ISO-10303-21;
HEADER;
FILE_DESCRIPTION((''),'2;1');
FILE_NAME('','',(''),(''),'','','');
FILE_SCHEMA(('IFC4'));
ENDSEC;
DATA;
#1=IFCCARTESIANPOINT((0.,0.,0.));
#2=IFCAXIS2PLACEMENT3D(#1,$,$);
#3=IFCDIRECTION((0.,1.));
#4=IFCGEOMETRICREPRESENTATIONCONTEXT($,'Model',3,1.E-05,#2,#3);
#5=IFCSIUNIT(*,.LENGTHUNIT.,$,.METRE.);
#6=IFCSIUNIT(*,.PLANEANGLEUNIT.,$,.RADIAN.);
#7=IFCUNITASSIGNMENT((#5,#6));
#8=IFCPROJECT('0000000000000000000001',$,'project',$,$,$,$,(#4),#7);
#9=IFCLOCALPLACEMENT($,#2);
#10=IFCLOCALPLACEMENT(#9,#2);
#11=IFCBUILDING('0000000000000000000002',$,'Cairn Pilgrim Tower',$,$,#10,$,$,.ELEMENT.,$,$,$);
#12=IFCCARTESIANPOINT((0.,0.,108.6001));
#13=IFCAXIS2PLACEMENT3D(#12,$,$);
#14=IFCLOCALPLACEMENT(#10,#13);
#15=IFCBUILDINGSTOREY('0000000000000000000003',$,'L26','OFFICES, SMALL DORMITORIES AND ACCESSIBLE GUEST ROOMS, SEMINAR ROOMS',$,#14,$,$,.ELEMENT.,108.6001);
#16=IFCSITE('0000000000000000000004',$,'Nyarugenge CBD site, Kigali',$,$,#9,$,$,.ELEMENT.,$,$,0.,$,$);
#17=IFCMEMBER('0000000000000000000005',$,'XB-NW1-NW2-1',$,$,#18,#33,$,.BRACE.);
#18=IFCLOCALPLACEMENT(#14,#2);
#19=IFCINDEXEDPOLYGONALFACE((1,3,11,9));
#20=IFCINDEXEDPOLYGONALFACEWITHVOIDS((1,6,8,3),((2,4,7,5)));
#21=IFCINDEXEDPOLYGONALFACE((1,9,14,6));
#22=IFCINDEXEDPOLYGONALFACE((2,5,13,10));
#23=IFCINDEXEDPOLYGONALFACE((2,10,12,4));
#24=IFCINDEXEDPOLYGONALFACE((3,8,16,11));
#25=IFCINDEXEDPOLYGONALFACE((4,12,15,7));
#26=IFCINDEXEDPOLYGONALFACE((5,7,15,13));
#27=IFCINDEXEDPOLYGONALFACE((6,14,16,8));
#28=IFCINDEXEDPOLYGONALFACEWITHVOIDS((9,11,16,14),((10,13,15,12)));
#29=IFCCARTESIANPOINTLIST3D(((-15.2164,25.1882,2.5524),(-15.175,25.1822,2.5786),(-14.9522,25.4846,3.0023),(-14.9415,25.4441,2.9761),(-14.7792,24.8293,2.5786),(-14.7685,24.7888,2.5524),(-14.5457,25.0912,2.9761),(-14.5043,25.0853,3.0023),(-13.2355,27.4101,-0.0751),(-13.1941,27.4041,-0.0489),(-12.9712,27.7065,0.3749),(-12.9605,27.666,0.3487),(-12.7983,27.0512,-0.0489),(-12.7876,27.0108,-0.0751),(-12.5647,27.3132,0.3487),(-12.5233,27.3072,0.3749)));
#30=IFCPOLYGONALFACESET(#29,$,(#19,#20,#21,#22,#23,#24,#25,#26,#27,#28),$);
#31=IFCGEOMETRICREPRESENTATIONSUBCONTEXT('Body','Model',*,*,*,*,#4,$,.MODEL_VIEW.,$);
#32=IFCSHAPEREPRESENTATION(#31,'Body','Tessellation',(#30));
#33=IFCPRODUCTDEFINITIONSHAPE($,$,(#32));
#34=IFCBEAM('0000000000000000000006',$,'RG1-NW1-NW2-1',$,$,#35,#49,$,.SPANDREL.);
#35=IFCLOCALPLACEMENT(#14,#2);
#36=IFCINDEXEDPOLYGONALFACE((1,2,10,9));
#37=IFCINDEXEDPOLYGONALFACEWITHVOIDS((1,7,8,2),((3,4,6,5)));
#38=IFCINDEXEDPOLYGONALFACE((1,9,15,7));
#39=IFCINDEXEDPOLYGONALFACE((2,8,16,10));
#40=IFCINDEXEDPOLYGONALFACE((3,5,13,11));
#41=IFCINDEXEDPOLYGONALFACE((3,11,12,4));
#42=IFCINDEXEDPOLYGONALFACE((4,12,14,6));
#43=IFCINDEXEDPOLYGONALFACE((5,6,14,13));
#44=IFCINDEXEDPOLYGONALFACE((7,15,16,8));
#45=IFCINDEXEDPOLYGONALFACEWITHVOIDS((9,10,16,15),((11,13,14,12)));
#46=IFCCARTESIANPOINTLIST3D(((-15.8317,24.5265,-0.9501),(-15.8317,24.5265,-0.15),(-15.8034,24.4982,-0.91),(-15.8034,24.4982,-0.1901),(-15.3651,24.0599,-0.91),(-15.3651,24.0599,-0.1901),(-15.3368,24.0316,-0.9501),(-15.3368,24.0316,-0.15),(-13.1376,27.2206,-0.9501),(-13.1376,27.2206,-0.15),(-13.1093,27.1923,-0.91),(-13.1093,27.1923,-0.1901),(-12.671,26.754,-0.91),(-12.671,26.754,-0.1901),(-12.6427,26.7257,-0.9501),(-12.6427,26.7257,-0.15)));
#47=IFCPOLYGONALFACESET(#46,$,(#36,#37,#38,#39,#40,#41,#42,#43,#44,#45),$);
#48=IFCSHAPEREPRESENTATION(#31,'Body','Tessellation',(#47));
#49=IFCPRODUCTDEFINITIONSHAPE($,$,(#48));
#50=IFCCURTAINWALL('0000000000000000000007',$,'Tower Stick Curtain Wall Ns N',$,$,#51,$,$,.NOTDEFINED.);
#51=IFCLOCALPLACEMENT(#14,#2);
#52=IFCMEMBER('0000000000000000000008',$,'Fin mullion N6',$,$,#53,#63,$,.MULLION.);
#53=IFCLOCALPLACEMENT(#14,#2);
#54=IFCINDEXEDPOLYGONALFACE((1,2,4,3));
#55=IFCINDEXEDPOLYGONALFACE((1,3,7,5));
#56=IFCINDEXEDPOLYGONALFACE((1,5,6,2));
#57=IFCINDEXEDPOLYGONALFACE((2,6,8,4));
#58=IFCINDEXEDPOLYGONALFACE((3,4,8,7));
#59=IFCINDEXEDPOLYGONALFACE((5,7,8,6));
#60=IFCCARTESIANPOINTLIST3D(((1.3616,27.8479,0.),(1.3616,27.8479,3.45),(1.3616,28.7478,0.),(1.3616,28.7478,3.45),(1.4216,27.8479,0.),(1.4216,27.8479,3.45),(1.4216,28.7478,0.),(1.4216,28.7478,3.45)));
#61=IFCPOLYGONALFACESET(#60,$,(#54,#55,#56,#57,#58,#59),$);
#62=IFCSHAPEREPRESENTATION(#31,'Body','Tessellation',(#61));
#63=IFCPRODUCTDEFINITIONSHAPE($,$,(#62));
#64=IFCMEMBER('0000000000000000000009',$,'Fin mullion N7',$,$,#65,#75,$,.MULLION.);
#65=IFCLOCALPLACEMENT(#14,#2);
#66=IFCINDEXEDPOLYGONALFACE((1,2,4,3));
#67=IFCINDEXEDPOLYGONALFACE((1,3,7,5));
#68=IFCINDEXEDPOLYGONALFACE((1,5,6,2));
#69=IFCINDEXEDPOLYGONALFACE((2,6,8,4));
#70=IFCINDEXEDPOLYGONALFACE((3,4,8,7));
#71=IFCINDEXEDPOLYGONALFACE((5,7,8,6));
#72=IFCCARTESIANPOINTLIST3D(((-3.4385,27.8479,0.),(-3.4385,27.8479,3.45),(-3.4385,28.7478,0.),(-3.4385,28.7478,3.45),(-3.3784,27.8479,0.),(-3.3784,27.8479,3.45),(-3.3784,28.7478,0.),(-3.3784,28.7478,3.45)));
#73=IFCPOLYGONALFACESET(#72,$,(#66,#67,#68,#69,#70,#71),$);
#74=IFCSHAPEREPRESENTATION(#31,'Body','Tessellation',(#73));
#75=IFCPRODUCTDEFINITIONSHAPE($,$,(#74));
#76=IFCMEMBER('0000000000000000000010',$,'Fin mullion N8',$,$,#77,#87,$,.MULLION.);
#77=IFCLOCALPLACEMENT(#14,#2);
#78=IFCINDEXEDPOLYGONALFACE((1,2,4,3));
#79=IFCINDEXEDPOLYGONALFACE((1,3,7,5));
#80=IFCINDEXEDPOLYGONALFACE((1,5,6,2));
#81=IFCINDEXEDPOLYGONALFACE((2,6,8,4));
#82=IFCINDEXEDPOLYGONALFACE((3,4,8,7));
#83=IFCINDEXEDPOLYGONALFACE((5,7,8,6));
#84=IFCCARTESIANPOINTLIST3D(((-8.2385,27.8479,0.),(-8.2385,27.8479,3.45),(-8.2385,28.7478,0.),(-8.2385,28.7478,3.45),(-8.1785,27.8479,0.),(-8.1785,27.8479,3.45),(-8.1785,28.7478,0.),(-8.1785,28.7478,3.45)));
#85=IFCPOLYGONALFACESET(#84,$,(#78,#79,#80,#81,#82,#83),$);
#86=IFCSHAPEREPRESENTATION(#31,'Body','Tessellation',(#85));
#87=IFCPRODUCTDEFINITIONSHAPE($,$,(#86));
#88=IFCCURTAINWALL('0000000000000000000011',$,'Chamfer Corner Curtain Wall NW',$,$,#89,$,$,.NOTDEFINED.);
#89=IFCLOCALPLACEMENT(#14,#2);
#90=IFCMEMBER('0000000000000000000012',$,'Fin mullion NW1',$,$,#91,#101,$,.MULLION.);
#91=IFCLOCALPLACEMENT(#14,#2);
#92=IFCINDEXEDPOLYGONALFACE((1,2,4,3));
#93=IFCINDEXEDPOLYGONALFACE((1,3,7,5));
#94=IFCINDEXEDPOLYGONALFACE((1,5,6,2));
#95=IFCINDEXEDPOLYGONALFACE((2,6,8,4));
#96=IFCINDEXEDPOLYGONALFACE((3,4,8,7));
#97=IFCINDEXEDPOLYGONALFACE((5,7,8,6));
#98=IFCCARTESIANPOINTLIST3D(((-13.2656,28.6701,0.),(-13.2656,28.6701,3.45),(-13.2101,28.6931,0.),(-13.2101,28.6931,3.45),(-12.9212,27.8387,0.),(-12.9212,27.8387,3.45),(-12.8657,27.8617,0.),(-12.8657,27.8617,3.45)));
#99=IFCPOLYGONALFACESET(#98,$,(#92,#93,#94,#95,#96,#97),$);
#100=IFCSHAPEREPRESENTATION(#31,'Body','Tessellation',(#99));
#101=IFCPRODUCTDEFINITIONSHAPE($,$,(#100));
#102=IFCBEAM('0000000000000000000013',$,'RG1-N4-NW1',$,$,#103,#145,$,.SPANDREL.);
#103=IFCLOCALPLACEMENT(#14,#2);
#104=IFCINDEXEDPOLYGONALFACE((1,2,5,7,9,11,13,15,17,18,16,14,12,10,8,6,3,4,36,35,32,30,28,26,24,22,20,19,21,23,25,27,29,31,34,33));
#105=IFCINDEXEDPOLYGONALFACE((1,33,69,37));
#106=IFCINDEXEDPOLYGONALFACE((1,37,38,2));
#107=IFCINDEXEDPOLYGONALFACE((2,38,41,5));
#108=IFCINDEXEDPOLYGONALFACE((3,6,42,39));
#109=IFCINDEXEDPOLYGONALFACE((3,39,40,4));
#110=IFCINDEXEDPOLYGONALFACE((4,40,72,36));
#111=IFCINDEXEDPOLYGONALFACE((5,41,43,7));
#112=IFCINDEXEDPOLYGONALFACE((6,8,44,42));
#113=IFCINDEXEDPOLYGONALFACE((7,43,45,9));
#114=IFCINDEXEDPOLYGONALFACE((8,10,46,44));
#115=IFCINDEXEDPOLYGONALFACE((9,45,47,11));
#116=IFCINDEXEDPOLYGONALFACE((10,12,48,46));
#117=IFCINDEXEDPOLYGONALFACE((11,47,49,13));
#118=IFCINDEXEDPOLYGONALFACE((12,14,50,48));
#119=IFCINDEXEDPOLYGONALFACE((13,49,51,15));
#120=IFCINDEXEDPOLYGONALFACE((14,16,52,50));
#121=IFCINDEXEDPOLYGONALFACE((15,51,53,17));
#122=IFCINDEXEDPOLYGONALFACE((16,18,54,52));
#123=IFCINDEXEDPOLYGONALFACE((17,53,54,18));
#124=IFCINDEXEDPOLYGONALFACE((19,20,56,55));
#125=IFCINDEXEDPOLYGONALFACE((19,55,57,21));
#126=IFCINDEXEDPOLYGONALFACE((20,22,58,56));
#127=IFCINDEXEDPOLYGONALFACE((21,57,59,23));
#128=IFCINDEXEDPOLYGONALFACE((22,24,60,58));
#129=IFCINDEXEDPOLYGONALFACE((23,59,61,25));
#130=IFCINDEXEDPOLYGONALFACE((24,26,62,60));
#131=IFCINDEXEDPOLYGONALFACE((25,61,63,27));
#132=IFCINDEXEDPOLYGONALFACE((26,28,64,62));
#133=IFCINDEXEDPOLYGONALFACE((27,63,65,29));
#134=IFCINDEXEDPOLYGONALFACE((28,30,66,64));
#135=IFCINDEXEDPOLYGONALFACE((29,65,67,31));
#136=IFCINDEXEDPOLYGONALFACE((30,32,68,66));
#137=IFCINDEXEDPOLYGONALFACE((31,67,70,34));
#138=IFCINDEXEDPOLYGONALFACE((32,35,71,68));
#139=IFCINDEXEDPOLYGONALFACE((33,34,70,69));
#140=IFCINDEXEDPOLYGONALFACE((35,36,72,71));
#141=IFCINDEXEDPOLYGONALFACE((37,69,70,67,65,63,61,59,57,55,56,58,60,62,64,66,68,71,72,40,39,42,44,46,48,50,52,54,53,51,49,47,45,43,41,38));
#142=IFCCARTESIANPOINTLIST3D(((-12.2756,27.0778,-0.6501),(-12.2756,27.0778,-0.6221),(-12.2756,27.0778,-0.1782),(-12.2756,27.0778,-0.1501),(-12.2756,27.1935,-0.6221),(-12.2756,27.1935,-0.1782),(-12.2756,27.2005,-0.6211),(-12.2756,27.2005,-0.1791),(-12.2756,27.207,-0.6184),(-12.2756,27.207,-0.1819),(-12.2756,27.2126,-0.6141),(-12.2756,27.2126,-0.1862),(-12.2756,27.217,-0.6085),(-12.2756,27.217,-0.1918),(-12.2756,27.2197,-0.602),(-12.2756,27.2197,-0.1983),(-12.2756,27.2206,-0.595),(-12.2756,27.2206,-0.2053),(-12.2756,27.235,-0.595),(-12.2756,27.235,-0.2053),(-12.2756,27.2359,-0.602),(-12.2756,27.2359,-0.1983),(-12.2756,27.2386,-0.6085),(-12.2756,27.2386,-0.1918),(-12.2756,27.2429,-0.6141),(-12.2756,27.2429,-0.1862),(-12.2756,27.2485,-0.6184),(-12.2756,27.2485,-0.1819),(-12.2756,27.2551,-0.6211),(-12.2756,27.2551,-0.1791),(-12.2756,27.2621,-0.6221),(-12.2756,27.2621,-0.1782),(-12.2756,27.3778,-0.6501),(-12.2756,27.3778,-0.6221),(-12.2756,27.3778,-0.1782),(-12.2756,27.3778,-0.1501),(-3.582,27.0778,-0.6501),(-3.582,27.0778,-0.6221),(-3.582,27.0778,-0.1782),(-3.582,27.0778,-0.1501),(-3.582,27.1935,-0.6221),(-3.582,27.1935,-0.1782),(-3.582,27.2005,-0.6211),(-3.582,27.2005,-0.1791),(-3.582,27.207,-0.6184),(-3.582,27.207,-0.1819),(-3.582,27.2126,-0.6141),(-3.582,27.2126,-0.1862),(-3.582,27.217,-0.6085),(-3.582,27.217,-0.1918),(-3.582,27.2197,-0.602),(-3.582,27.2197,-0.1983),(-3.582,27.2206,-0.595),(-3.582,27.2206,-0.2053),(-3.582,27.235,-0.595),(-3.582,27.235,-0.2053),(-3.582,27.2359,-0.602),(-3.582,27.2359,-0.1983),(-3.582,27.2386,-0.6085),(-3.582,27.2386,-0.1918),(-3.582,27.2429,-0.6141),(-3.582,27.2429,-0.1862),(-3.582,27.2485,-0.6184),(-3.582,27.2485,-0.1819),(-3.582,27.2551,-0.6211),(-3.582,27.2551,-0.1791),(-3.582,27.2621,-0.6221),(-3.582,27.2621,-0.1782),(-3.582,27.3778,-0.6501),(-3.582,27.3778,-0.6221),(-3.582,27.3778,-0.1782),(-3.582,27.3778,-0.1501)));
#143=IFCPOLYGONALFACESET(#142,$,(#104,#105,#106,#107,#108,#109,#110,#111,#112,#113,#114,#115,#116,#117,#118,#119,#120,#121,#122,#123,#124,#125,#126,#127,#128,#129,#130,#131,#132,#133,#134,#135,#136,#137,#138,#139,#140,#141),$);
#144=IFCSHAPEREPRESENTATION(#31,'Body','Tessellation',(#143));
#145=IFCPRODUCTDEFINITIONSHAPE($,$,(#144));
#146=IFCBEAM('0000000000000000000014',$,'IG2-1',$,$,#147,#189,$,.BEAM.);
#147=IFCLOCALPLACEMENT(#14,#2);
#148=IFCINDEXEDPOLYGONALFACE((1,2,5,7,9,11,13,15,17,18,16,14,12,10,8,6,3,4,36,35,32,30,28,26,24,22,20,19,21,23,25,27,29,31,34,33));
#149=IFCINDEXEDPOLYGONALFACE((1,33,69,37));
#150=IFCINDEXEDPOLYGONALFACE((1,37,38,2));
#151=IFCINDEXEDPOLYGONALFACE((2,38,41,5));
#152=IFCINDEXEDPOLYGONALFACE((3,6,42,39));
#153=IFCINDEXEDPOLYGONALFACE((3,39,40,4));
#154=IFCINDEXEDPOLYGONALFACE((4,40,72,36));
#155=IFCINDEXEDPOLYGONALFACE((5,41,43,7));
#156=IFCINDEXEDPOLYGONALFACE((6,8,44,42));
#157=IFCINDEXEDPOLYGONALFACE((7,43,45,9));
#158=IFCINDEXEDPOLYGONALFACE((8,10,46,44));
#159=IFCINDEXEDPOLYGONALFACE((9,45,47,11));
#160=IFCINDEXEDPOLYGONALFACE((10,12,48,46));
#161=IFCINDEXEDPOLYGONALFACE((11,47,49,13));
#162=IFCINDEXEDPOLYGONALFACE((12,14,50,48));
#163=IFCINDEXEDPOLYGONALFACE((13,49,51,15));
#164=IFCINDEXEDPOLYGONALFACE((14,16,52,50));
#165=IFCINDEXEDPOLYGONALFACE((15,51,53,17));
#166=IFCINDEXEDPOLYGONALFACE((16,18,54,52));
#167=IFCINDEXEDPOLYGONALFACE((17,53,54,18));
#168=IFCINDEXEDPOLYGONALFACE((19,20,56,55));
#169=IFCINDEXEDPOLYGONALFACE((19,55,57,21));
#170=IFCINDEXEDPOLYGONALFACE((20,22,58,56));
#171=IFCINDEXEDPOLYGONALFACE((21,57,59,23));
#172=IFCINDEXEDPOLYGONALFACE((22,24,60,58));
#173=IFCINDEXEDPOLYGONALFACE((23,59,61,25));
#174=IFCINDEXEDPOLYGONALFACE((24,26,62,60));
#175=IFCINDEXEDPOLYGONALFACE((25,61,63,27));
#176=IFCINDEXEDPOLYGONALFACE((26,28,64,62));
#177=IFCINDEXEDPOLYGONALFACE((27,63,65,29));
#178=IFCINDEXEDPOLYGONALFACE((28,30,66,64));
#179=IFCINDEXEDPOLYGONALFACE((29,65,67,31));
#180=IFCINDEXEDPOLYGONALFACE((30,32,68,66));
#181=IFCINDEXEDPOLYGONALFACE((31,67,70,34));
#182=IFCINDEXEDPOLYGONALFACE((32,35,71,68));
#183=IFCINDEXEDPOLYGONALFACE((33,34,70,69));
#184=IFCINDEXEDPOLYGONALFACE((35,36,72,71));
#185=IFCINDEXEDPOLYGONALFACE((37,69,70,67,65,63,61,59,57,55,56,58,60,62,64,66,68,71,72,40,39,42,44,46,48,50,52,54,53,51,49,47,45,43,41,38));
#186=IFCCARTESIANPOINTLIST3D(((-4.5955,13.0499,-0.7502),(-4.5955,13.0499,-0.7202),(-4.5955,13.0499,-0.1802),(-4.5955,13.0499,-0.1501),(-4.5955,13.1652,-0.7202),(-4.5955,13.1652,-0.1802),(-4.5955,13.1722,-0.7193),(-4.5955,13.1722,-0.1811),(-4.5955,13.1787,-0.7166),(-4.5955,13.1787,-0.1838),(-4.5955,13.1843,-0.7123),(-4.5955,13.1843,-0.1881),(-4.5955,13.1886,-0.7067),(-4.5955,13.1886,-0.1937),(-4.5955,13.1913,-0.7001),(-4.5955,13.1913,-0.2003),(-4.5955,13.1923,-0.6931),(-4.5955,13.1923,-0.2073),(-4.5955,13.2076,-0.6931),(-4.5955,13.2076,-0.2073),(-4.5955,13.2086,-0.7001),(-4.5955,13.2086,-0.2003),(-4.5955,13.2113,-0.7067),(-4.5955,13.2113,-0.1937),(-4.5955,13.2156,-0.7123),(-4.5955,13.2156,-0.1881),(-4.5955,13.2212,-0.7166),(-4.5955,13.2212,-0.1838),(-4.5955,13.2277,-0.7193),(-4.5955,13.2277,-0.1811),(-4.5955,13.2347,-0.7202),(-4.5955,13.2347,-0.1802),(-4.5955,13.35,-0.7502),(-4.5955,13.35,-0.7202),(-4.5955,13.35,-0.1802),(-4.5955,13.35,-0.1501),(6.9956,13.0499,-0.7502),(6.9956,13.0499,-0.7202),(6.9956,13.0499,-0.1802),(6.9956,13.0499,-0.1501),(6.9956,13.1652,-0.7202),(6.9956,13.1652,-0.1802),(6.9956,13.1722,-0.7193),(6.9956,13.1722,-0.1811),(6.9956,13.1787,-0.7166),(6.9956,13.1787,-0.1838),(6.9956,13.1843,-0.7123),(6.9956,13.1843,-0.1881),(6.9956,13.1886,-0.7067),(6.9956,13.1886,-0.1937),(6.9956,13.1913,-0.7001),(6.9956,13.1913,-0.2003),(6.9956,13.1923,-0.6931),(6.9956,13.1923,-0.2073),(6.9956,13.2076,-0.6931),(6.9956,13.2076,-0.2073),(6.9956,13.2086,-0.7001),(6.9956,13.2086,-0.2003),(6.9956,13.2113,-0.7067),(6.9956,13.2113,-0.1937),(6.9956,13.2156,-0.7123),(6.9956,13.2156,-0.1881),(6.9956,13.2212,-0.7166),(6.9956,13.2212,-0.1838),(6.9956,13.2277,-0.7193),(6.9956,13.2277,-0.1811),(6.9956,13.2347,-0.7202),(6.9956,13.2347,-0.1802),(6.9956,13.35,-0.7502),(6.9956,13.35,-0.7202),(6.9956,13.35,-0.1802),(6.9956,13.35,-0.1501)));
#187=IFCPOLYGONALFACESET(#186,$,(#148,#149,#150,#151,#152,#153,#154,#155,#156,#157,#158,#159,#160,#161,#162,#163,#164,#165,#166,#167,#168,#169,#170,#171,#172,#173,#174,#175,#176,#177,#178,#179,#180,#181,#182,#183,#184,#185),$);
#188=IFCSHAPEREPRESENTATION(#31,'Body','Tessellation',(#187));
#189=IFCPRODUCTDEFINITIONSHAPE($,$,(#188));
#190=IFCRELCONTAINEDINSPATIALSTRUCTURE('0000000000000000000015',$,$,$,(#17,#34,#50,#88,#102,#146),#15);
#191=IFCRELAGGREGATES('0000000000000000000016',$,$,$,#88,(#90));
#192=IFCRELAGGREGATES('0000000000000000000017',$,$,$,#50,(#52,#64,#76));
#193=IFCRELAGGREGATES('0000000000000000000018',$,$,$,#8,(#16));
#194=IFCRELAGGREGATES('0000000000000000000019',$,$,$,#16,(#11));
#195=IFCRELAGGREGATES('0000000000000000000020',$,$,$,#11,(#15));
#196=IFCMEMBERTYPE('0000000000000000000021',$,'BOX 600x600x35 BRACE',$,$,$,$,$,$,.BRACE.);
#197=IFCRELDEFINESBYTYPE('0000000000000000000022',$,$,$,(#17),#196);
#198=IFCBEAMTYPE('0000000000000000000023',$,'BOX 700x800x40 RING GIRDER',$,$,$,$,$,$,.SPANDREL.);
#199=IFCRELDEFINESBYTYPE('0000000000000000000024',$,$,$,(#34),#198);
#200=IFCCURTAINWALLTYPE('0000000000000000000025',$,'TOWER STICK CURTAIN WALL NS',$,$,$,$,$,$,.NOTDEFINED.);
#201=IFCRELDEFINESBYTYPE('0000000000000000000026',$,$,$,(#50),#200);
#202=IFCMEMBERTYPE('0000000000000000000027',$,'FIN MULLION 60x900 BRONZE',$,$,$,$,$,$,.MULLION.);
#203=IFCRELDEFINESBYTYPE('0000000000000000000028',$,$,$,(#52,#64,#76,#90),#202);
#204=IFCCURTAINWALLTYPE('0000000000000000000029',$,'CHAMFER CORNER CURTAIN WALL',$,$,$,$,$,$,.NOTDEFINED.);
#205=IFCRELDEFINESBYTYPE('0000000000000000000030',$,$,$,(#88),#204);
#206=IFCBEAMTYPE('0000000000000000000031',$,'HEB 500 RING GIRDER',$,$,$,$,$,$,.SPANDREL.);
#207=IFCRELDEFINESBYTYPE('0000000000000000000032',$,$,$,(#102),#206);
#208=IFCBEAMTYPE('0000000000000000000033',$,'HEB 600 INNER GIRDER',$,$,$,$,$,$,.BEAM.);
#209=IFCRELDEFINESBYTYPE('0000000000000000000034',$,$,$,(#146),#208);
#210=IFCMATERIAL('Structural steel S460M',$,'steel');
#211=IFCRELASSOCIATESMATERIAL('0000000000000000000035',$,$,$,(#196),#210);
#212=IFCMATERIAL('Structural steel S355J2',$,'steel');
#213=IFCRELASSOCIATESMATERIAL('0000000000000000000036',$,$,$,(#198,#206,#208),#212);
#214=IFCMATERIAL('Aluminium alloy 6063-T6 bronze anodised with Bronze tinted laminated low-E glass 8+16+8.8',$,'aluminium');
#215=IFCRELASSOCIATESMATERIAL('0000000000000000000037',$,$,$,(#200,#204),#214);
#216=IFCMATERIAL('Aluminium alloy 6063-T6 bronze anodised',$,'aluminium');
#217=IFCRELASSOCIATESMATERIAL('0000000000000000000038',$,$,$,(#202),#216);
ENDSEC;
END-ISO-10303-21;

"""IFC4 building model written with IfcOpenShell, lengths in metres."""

from ifc_helpers import new_model, si_unit, direction, frame, origin, origin_2d, place, context, subcontext, project, spatial, rectangle, hollow_rectangle, i_section, extrude, material, material_profile, profile_set, type_object, element, aggregate, save


model = new_model("IFC4")

# Units and contexts
model_context = context("Model", 3, precision=1e-05, world=origin(), true_north=direction((0.0, 1.0)))
body_context = subcontext(model_context, "Body", "Model", "MODEL_VIEW")
ifc_project = project(units=[si_unit("LENGTHUNIT", "METRE"), si_unit("PLANEANGLEUNIT", "RADIAN")], contexts=[model_context])

# Site, building, storey
site_placement = place(None, origin())
site = spatial("IfcSite", under=ifc_project, at=site_placement, Name="Nyarugenge CBD site, Kigali", CompositionType="ELEMENT", RefElevation=0.0)
building_placement = place(site_placement, origin())
building = spatial("IfcBuilding", under=site, at=building_placement, Name="Cairn Pilgrim Tower", CompositionType="ELEMENT")
storey_placement = place(building_placement, frame((0.0, 0.0, 108.6001)))
storey = spatial("IfcBuildingStorey", under=building, at=storey_placement, Name="L26", Description="OFFICES, SMALL DORMITORIES AND ACCESSIBLE GUEST ROOMS, SEMINAR ROOMS", CompositionType="ELEMENT", Elevation=108.6001)

# Shared definitions
ifc_material_1 = material(Name="Structural steel S460M", Category="steel")

# Member
ifc_material_profile_1 = material_profile(ifc_material_1, hollow_rectangle(XDim=0.6001, YDim=0.6001, WallThickness=0.0349, at=origin_2d()), Name="BOX 600x600x35")
ifc_profile_set_1 = profile_set([ifc_material_profile_1], Name="Structural steel S460M")
member_type_1 = type_object("IfcMemberType", Name="BOX 600x600x35 BRACE", PredefinedType="BRACE", material=ifc_profile_set_1)
member_1_placement = place(storey_placement, frame((-12.8794, 27.3586, 0.1499), z_axis=(-0.498923, -0.559613, 0.661747), x_axis=(0.746422, -0.665473, 0.0)))
element("IfcMember", 1, at=member_1_placement, inside=storey, type_object=member_type_1, Name="XB-NW1-NW2-1", PredefinedType="BRACE", context=body_context, shape_type="SweptSolid", body=[
    extrude(hollow_rectangle(XDim=0.6001, YDim=0.6001, WallThickness=0.0349, at=origin_2d()), origin(), (0.0, 0.0, 1.0), 3.9705),
])

# Beam
ifc_material_2 = material(Name="Structural steel S355J2", Category="steel")
ifc_material_profile_2 = material_profile(ifc_material_2, hollow_rectangle(XDim=0.7, YDim=0.8, WallThickness=0.04, at=origin_2d()), Name="BOX 700x800x40")
ifc_profile_set_2 = profile_set([ifc_material_profile_2], Name="Structural steel S355J2")
beam_type_1 = type_object("IfcBeamType", Name="BOX 700x800x40 RING GIRDER", PredefinedType="SPANDREL", material=ifc_profile_set_2)
beam_1_placement = place(storey_placement, frame((-12.8901, 26.9731, -0.55), z_axis=(-0.707107, -0.707107, 0.0), x_axis=(0.707107, -0.707107, 0.0)))
element("IfcBeam", 2, at=beam_1_placement, inside=storey, type_object=beam_type_1, Name="RG1-NW1-NW2-1", PredefinedType="SPANDREL", context=body_context, shape_type="SweptSolid", body=[
    extrude(hollow_rectangle(XDim=0.7, YDim=0.8, WallThickness=0.04, at=origin_2d()), origin(), (0.0, 0.0, 1.0), 3.8101),
])

# Curtain wall, members
ifc_material_3 = material(Name="Aluminium alloy 6063-T6 bronze anodised with Bronze tinted laminated low-E glass 8+16+8.8", Category="aluminium")
curtain_wall_type_1 = type_object("IfcCurtainWallType", Name="TOWER STICK CURTAIN WALL NS", PredefinedType="NOTDEFINED", material=ifc_material_3)
curtain_wall_1_placement = place(storey_placement, origin())
curtain_wall_1 = element("IfcCurtainWall", 3, at=curtain_wall_1_placement, inside=storey, type_object=curtain_wall_type_1, Name="Tower Stick Curtain Wall Ns N", PredefinedType="NOTDEFINED")
ifc_material_4 = material(Name="Aluminium alloy 6063-T6 bronze anodised", Category="aluminium")
ifc_material_profile_3 = material_profile(ifc_material_4, rectangle(XDim=0.8999, YDim=0.0601, at=origin_2d()), Name="FIN MULLION 60x900 BRONZE")
ifc_profile_set_3 = profile_set([ifc_material_profile_3], Name="Aluminium alloy 6063-T6 bronze anodised")
member_type_2 = type_object("IfcMemberType", Name="FIN MULLION 60x900 BRONZE", PredefinedType="MULLION", material=ifc_profile_set_3)
member_2_placement = place(storey_placement, frame((1.3916, 28.2979, 0.0), z_axis=(0.0, 0.0, 1.0), x_axis=(0.0, 1.0, 0.0)))
member_2 = element("IfcMember", 4, at=member_2_placement, type_object=member_type_2, Name="Fin mullion N6", PredefinedType="MULLION", context=body_context, shape_type="SweptSolid", body=[
    extrude(rectangle(XDim=0.8999, YDim=0.0601, at=origin_2d()), origin(), (0.0, 0.0, 1.0), 3.45),
])
member_3_placement = place(storey_placement, frame((-3.4084, 28.2979, 0.0), z_axis=(0.0, 0.0, 1.0), x_axis=(0.0, 1.0, 0.0)))
member_3 = element("IfcMember", 5, at=member_3_placement, type_object=member_type_2, Name="Fin mullion N7", PredefinedType="MULLION", context=body_context, shape_type="SweptSolid", body=[
    extrude(rectangle(XDim=0.8999, YDim=0.0601, at=origin_2d()), origin(), (0.0, 0.0, 1.0), 3.45),
])
member_4_placement = place(storey_placement, frame((-8.2085, 28.2979, 0.0), z_axis=(0.0, 0.0, 1.0), x_axis=(0.0, 1.0, 0.0)))
member_4 = element("IfcMember", 6, at=member_4_placement, type_object=member_type_2, Name="Fin mullion N8", PredefinedType="MULLION", context=body_context, shape_type="SweptSolid", body=[
    extrude(rectangle(XDim=0.8999, YDim=0.0601, at=origin_2d()), origin(), (0.0, 0.0, 1.0), 3.45),
])

# Curtain wall, member
curtain_wall_type_2 = type_object("IfcCurtainWallType", Name="CHAMFER CORNER CURTAIN WALL", PredefinedType="NOTDEFINED", material=ifc_material_3)
curtain_wall_2_placement = place(storey_placement, origin())
curtain_wall_2 = element("IfcCurtainWall", 7, at=curtain_wall_2_placement, inside=storey, type_object=curtain_wall_type_2, Name="Chamfer Corner Curtain Wall NW", PredefinedType="NOTDEFINED")
member_5_placement = place(storey_placement, frame((-13.0657, 28.2659, 0.0), z_axis=(0.0, 0.0, 1.0), x_axis=(-0.382683, 0.92388, 0.0)))
member_5 = element("IfcMember", 8, at=member_5_placement, type_object=member_type_2, Name="Fin mullion NW1", PredefinedType="MULLION", context=body_context, shape_type="SweptSolid", body=[
    extrude(rectangle(XDim=0.8999, YDim=0.0601, at=origin_2d()), origin(), (0.0, 0.0, 1.0), 3.45),
])

# Beams
ifc_material_profile_4 = material_profile(ifc_material_2, i_section(OverallWidth=0.3, OverallDepth=0.5, WebThickness=0.0144, FlangeThickness=0.0281, FilletRadius=0.0271, at=origin_2d()), Name="HEB 500")
ifc_profile_set_4 = profile_set([ifc_material_profile_4], Name="Structural steel S355J2")
beam_type_2 = type_object("IfcBeamType", Name="HEB 500 RING GIRDER", PredefinedType="SPANDREL", material=ifc_profile_set_4)
beam_2_placement = place(storey_placement, frame((-3.582, 27.2278, -0.4001), z_axis=(-1.0, 0.0, 0.0), x_axis=(0.0, -1.0, 0.0)))
element("IfcBeam", 9, at=beam_2_placement, inside=storey, type_object=beam_type_2, Name="RG1-N4-NW1", PredefinedType="SPANDREL", context=body_context, shape_type="SweptSolid", body=[
    extrude(i_section(OverallWidth=0.3, OverallDepth=0.5, WebThickness=0.0144, FlangeThickness=0.0281, FilletRadius=0.0271, at=origin_2d()), origin(), (0.0, 0.0, 1.0), 8.6936),
])
ifc_material_profile_5 = material_profile(ifc_material_2, i_section(OverallWidth=0.3, OverallDepth=0.6001, WebThickness=0.0154, FlangeThickness=0.03, FilletRadius=0.0271, at=origin_2d()), Name="HEB 600")
ifc_profile_set_5 = profile_set([ifc_material_profile_5], Name="Structural steel S355J2")
beam_type_3 = type_object("IfcBeamType", Name="HEB 600 INNER GIRDER", PredefinedType="BEAM", material=ifc_profile_set_5)
beam_3_placement = place(storey_placement, frame((-4.5955, 13.2, -0.4502), z_axis=(1.0, 0.0, 0.0), x_axis=(0.0, 1.0, 0.0)))
element("IfcBeam", 10, at=beam_3_placement, inside=storey, type_object=beam_type_3, Name="IG2-1", PredefinedType="BEAM", context=body_context, shape_type="SweptSolid", body=[
    extrude(i_section(OverallWidth=0.3, OverallDepth=0.6001, WebThickness=0.0154, FlangeThickness=0.03, FilletRadius=0.0271, at=origin_2d()), origin(), (0.0, 0.0, 1.0), 11.5911),
])

aggregate(curtain_wall_2, [member_5])

aggregate(curtain_wall_1, [member_2, member_3, member_4])

save(model, "model.ifc")
